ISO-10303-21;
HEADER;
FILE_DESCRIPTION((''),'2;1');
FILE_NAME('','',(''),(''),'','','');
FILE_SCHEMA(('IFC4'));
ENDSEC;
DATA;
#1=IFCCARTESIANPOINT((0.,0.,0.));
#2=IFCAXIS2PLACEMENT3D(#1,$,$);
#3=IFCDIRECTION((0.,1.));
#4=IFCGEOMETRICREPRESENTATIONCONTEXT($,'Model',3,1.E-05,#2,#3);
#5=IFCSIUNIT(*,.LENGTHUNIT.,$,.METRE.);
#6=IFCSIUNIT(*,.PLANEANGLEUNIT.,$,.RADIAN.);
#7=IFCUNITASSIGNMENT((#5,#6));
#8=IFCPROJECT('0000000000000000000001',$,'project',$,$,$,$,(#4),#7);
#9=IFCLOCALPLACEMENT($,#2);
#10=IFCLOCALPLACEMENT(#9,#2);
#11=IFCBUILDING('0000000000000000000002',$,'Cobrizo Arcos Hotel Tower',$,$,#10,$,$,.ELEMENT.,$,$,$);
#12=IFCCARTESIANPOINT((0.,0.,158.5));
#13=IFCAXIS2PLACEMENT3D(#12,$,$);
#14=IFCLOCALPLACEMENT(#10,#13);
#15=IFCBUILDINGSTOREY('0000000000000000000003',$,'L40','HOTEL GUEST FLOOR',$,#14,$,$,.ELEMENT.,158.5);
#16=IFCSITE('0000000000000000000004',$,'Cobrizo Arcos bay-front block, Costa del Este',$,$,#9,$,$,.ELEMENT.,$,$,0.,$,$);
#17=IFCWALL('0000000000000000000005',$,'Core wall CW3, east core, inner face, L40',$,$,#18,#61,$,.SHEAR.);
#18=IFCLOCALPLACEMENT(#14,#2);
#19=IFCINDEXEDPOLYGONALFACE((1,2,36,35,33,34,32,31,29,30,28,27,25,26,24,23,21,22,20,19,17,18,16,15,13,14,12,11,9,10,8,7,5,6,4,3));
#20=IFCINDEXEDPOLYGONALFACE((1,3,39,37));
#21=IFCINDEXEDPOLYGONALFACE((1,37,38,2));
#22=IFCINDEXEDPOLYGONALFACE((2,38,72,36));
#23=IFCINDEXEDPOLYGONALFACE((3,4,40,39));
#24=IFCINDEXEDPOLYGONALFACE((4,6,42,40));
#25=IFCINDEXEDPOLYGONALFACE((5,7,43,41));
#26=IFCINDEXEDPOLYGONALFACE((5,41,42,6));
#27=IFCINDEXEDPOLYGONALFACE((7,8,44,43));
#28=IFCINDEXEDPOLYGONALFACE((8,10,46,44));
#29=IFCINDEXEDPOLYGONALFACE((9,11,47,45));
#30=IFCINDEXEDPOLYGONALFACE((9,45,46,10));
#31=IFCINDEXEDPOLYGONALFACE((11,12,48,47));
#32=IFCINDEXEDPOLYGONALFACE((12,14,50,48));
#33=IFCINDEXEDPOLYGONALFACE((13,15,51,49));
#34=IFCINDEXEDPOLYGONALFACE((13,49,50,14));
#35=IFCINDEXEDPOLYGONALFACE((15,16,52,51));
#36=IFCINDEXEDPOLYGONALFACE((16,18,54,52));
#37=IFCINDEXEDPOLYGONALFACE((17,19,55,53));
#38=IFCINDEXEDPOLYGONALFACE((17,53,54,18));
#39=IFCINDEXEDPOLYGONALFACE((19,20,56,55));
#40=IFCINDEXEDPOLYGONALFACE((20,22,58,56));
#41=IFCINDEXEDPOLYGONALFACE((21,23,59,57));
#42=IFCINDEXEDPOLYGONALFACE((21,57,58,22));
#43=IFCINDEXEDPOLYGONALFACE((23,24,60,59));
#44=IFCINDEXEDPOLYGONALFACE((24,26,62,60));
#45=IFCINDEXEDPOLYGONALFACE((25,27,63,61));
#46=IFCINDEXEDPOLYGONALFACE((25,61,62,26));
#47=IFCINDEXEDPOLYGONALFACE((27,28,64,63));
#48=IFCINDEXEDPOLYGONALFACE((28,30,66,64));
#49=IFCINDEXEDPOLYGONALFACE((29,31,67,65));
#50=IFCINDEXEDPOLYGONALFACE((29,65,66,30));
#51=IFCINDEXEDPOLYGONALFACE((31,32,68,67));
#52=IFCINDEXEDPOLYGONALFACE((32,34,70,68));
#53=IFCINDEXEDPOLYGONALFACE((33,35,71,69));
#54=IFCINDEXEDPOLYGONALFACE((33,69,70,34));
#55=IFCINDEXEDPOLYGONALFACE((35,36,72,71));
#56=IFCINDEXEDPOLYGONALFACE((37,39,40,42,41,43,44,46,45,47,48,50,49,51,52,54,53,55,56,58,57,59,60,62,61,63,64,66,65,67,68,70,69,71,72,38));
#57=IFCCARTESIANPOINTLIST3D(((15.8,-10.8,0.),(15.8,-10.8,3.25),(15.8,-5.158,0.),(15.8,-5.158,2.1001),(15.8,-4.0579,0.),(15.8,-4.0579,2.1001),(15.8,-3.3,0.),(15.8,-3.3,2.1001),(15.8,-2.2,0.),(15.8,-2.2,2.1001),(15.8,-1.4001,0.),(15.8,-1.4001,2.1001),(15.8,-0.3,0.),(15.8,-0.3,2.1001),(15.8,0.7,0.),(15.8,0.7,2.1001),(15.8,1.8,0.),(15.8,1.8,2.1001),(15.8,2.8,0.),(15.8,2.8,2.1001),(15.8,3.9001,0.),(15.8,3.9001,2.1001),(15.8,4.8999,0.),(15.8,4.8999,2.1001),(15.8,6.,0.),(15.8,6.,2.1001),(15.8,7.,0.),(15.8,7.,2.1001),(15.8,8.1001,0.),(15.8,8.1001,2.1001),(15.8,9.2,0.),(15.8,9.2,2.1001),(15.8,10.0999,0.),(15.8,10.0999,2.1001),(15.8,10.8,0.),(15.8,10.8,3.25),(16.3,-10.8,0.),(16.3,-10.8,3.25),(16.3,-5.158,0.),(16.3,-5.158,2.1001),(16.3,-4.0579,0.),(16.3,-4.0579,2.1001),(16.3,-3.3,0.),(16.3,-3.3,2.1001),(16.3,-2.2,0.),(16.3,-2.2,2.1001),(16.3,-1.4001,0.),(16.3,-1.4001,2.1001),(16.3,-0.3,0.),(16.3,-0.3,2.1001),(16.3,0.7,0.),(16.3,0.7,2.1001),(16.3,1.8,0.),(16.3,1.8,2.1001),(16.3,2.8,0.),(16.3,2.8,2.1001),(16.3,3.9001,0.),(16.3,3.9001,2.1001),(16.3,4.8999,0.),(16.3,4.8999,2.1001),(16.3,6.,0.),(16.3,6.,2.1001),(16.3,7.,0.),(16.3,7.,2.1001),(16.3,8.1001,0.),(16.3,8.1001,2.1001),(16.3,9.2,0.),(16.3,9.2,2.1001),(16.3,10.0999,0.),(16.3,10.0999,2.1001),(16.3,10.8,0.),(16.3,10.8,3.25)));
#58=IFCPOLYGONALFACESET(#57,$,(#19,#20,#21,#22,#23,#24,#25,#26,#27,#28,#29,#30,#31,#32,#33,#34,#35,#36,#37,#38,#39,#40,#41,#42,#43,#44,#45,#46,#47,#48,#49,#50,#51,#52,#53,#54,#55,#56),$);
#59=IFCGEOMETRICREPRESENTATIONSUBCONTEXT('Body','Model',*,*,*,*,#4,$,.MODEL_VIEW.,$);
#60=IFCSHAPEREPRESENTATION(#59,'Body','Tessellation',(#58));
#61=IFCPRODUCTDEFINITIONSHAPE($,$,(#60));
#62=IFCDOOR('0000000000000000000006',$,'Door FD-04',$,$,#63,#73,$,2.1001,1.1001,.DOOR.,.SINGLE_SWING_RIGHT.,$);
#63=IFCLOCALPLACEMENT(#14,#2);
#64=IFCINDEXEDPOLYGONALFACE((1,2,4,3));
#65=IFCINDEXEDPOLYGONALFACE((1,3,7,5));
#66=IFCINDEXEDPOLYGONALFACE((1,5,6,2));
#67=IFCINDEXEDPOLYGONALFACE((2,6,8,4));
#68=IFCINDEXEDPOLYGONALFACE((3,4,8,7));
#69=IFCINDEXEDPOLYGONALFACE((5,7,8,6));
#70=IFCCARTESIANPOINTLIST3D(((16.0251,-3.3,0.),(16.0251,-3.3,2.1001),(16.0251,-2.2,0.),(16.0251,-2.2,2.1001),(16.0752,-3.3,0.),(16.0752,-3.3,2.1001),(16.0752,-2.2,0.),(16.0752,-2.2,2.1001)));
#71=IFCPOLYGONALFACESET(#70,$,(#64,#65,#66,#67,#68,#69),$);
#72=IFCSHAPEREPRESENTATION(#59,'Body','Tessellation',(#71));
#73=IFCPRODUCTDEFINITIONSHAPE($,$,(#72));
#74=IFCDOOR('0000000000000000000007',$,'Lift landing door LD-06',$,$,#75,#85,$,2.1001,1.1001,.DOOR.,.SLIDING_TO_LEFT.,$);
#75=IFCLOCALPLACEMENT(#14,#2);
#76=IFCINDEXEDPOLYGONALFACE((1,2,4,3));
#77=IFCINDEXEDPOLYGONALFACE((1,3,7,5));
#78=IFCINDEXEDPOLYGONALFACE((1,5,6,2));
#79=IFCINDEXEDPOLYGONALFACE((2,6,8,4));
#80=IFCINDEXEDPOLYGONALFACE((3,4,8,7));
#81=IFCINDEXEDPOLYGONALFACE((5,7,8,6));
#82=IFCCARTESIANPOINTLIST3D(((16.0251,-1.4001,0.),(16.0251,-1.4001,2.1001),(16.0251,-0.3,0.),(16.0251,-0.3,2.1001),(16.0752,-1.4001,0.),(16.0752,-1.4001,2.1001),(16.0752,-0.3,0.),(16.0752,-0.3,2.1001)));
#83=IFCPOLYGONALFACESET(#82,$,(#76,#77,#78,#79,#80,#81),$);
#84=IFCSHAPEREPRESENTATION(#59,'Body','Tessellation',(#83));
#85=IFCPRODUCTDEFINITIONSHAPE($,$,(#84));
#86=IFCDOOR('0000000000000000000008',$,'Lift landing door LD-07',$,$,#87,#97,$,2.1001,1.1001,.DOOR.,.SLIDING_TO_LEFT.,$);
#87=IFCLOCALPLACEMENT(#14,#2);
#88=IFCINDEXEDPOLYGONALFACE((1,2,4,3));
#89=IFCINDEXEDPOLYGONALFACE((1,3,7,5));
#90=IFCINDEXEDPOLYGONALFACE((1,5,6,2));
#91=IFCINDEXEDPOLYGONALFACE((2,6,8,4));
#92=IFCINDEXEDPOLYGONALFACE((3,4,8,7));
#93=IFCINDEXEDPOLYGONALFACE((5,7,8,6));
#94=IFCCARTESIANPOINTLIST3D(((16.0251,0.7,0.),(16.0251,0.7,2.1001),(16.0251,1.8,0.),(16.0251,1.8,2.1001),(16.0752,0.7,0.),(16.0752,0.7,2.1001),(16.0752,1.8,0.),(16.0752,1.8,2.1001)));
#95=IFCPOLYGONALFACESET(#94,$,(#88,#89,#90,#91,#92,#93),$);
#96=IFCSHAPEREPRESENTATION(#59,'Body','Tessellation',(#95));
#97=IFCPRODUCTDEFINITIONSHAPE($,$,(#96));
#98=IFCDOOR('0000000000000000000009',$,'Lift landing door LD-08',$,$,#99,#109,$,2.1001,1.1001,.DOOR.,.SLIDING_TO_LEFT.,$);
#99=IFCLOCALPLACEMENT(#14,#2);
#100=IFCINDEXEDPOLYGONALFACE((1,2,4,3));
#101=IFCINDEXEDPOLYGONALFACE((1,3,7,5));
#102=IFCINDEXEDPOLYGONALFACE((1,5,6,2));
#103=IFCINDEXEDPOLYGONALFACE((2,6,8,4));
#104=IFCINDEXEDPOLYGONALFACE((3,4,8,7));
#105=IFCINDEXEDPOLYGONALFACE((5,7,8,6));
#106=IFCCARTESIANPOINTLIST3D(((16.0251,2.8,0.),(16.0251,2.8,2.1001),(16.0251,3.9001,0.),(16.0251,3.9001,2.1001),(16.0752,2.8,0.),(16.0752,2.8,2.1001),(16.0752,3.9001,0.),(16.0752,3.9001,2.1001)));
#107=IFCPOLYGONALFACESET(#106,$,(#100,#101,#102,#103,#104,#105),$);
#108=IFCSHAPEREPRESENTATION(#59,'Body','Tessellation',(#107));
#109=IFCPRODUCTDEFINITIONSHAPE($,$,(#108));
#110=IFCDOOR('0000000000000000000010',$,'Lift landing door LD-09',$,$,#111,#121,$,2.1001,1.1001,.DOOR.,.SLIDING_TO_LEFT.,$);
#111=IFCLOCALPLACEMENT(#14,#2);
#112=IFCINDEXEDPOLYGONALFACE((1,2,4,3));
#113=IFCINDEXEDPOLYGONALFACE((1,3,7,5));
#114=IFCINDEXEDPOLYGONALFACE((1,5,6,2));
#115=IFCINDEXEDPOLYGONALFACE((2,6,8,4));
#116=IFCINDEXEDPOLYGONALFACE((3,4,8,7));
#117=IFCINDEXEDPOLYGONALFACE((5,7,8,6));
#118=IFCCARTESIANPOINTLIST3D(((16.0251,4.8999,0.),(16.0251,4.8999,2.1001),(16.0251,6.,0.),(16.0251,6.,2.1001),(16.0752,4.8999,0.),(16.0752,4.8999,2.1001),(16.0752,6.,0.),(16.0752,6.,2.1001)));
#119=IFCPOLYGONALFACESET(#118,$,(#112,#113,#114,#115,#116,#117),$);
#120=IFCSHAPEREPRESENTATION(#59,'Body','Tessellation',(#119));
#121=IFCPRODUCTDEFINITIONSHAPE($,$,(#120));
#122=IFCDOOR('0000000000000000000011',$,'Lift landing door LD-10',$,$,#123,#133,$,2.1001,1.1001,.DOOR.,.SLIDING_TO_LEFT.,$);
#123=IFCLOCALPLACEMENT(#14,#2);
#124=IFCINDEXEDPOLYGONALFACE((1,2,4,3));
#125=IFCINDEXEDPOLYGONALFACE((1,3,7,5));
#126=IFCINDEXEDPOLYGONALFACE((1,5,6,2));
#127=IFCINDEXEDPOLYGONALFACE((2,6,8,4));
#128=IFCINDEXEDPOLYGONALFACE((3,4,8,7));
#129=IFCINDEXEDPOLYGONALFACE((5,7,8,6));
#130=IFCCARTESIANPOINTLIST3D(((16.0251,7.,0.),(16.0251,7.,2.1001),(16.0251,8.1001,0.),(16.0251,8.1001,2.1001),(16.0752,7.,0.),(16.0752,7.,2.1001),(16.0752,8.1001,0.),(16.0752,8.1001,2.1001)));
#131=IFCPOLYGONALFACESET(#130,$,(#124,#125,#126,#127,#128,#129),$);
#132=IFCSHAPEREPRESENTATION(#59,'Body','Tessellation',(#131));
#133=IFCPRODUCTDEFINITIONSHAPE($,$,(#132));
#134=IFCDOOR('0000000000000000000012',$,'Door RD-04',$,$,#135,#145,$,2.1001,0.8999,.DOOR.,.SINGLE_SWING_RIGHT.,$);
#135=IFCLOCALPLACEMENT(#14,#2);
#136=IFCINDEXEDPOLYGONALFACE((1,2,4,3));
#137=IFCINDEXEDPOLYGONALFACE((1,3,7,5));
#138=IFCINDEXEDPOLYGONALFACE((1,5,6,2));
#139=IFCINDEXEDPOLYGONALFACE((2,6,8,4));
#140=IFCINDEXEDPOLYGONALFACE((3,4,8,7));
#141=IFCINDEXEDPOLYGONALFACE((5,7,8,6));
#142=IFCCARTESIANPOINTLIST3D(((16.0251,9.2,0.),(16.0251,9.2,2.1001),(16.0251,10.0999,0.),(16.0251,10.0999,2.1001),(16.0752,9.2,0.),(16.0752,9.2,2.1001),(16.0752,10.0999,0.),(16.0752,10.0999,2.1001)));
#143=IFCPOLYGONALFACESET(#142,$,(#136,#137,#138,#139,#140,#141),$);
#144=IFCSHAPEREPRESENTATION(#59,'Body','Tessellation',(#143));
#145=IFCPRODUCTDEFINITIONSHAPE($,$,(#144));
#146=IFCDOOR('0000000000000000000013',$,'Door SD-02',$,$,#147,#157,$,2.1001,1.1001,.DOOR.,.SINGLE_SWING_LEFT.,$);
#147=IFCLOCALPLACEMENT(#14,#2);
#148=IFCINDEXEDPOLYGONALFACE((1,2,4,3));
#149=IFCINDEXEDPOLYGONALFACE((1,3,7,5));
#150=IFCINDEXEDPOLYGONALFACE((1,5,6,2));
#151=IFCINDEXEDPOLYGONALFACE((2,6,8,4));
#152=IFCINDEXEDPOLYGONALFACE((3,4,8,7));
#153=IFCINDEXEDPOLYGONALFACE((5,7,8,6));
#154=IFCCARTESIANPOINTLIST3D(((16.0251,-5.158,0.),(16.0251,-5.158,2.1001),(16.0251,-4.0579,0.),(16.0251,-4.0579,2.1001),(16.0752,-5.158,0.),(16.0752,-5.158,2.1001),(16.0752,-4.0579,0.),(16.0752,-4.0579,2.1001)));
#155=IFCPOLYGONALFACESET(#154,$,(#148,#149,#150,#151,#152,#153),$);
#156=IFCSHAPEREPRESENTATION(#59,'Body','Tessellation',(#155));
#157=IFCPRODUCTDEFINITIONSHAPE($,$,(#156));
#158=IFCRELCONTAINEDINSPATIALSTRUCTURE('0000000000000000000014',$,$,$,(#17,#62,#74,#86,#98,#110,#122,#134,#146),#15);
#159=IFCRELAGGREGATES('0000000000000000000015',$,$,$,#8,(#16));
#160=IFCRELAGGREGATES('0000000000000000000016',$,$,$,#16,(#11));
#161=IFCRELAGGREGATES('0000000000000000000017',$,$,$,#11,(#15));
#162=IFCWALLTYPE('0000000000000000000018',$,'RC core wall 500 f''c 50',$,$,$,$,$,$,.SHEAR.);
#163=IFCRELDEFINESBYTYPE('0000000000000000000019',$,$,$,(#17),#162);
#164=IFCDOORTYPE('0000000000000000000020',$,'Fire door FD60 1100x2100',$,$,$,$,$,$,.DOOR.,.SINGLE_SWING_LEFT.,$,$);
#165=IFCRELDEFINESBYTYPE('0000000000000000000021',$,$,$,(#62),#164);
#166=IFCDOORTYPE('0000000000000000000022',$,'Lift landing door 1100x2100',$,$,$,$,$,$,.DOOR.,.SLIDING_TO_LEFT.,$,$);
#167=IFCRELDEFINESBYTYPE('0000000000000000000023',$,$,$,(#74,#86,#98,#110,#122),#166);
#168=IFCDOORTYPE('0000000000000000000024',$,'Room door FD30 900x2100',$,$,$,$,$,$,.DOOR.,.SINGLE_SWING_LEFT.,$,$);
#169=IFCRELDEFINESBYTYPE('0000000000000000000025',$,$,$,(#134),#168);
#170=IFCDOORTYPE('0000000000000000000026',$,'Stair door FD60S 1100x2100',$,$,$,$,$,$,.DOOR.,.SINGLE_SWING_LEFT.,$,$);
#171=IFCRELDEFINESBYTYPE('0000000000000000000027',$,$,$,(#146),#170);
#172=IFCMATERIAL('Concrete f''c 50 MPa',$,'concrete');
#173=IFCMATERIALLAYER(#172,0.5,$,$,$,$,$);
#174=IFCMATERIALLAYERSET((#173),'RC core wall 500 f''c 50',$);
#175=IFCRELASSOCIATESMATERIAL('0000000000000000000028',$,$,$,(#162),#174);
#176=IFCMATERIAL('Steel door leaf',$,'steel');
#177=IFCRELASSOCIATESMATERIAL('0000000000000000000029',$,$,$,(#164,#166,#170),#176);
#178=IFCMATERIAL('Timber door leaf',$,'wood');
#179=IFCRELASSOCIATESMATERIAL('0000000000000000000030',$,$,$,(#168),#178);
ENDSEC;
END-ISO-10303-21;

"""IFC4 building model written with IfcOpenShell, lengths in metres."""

from ifc_helpers import new_model, si_unit, direction, frame, frame_2d, origin, place, context, subcontext, project, spatial, rectangle, extrude, material, layer, layer_set, type_object, element, fill, save


model = new_model("IFC4")

# Units and contexts
model_context = context("Model", 3, precision=1e-05, world=origin(), true_north=direction((0.0, 1.0)))
body_context = subcontext(model_context, "Body", "Model", "MODEL_VIEW")
ifc_project = project(units=[si_unit("LENGTHUNIT", "METRE"), si_unit("PLANEANGLEUNIT", "RADIAN")], contexts=[model_context])

# Site, building, storey
site_placement = place(None, origin())
site = spatial("IfcSite", under=ifc_project, at=site_placement, Name="Cobrizo Arcos bay-front block, Costa del Este", CompositionType="ELEMENT", RefElevation=0.0)
building_placement = place(site_placement, origin())
building = spatial("IfcBuilding", under=site, at=building_placement, Name="Cobrizo Arcos Hotel Tower", CompositionType="ELEMENT")
storey_placement = place(building_placement, frame((0.0, 0.0, 158.5)))
storey = spatial("IfcBuildingStorey", under=building, at=storey_placement, Name="L40", Description="HOTEL GUEST FLOOR", CompositionType="ELEMENT", Elevation=158.5)

# Wall, openings, doors
ifc_material_1 = material(Name="Concrete f'c 50 MPa", Category="concrete")
ifc_layer_1 = layer(ifc_material_1, 0.5)
ifc_layer_set_1 = layer_set([ifc_layer_1], Name="RC core wall 500 f'c 50")
wall_type_1 = type_object("IfcWallType", Name="RC core wall 500 f'c 50", PredefinedType="SHEAR", material=ifc_layer_set_1)
wall_1_placement = place(storey_placement, frame((16.05, -10.8, 0.0), z_axis=(0.0, 0.0, 1.0), x_axis=(0.0, 1.0, 0.0)))
wall_1 = element("IfcWall", 1, at=wall_1_placement, inside=storey, type_object=wall_type_1, Name="Core wall CW3, east core, inner face, L40", PredefinedType="SHEAR", context=body_context, shape_type="SweptSolid", body=[
    extrude(rectangle(XDim=21.6001, YDim=0.5, at=frame_2d((10.8, 0.0))), origin(), (0.0, 0.0, 1.0), 3.25),
])
opening_1_placement = place(wall_1_placement, frame((9.3999, 0.0, 0.0)))
opening_1 = element("IfcOpeningElement", 2, at=opening_1_placement, cuts=wall_1, PredefinedType="OPENING", context=body_context, shape_type="SweptSolid", body=[
    extrude(rectangle(XDim=1.1001, YDim=2.1001, at=frame_2d((0.55, 1.05))), frame((0.0, 0.262, 0.0), z_axis=(0.0, -1.0, 0.0), x_axis=(1.0, 0.0, 0.0)), (0.0, 0.0, 1.0), 0.5239),
])
opening_2_placement = place(wall_1_placement, frame((11.5, 0.0, 0.0)))
opening_2 = element("IfcOpeningElement", 3, at=opening_2_placement, cuts=wall_1, PredefinedType="OPENING", context=body_context, shape_type="SweptSolid", body=[
    extrude(rectangle(XDim=1.1001, YDim=2.1001, at=frame_2d((0.55, 1.05))), frame((0.0, 0.262, 0.0), z_axis=(0.0, -1.0, 0.0), x_axis=(1.0, 0.0, 0.0)), (0.0, 0.0, 1.0), 0.5239),
])
opening_3_placement = place(wall_1_placement, frame((13.6001, 0.0, 0.0)))
opening_3 = element("IfcOpeningElement", 4, at=opening_3_placement, cuts=wall_1, PredefinedType="OPENING", context=body_context, shape_type="SweptSolid", body=[
    extrude(rectangle(XDim=1.1001, YDim=2.1001, at=frame_2d((0.55, 1.05))), frame((0.0, 0.262, 0.0), z_axis=(0.0, -1.0, 0.0), x_axis=(1.0, 0.0, 0.0)), (0.0, 0.0, 1.0), 0.5239),
])
opening_4_placement = place(wall_1_placement, frame((15.7, 0.0, 0.0)))
opening_4 = element("IfcOpeningElement", 5, at=opening_4_placement, cuts=wall_1, PredefinedType="OPENING", context=body_context, shape_type="SweptSolid", body=[
    extrude(rectangle(XDim=1.1001, YDim=2.1001, at=frame_2d((0.55, 1.05))), frame((0.0, 0.262, 0.0), z_axis=(0.0, -1.0, 0.0), x_axis=(1.0, 0.0, 0.0)), (0.0, 0.0, 1.0), 0.5239),
])
opening_5_placement = place(wall_1_placement, frame((17.8, 0.0, 0.0)))
opening_5 = element("IfcOpeningElement", 6, at=opening_5_placement, cuts=wall_1, PredefinedType="OPENING", context=body_context, shape_type="SweptSolid", body=[
    extrude(rectangle(XDim=1.1001, YDim=2.1001, at=frame_2d((0.55, 1.05))), frame((0.0, 0.262, 0.0), z_axis=(0.0, -1.0, 0.0), x_axis=(1.0, 0.0, 0.0)), (0.0, 0.0, 1.0), 0.5239),
])
opening_6_placement = place(wall_1_placement, frame((5.6421, 0.0, 0.0)))
opening_6 = element("IfcOpeningElement", 7, at=opening_6_placement, cuts=wall_1, PredefinedType="OPENING", context=body_context, shape_type="SweptSolid", body=[
    extrude(rectangle(XDim=1.1001, YDim=2.1001, at=frame_2d((0.55, 1.05))), frame((0.0, 0.262, 0.0), z_axis=(0.0, -1.0, 0.0), x_axis=(1.0, 0.0, 0.0)), (0.0, 0.0, 1.0), 0.5239),
])
opening_7_placement = place(wall_1_placement, frame((7.5, 0.0, 0.0)))
opening_7 = element("IfcOpeningElement", 8, at=opening_7_placement, cuts=wall_1, PredefinedType="OPENING", context=body_context, shape_type="SweptSolid", body=[
    extrude(rectangle(XDim=1.1001, YDim=2.1001, at=frame_2d((0.55, 1.05))), frame((0.0, 0.262, 0.0), z_axis=(0.0, -1.0, 0.0), x_axis=(1.0, 0.0, 0.0)), (0.0, 0.0, 1.0), 0.5239),
])
opening_8_placement = place(wall_1_placement, frame((20.0, 0.0, 0.0)))
opening_8 = element("IfcOpeningElement", 9, at=opening_8_placement, cuts=wall_1, PredefinedType="OPENING", context=body_context, shape_type="SweptSolid", body=[
    extrude(rectangle(XDim=0.8999, YDim=2.1001, at=frame_2d((0.45, 1.05))), frame((0.0, 0.262, 0.0), z_axis=(0.0, -1.0, 0.0), x_axis=(1.0, 0.0, 0.0)), (0.0, 0.0, 1.0), 0.5239),
])
ifc_material_2 = material(Name="Steel door leaf", Category="steel")
door_type_1 = type_object("IfcDoorType", Name="Fire door FD60 1100x2100", OperationType="SINGLE_SWING_LEFT", PredefinedType="DOOR", material=ifc_material_2)
door_1_placement = place(opening_7_placement, origin())
door_1 = element("IfcDoor", 10, at=door_1_placement, inside=storey, type_object=door_type_1, Name="Door FD-04", OperationType="SINGLE_SWING_RIGHT", OverallHeight=2.1001, OverallWidth=1.1001, PredefinedType="DOOR", context=body_context, shape_type="SweptSolid", body=[
    extrude(rectangle(XDim=1.1001, YDim=2.1001, at=frame_2d((0.55, 1.05))), frame((0.0, 0.0249, 0.0), z_axis=(0.0, -1.0, 0.0), x_axis=(1.0, 0.0, 0.0)), (0.0, 0.0, 1.0), 0.05),
])
fill(opening_7, door_1)
door_type_2 = type_object("IfcDoorType", Name="Lift landing door 1100x2100", OperationType="SLIDING_TO_LEFT", PredefinedType="DOOR", material=ifc_material_2)
door_2_placement = place(opening_1_placement, origin())
door_2 = element("IfcDoor", 11, at=door_2_placement, inside=storey, type_object=door_type_2, Name="Lift landing door LD-06", OperationType="SLIDING_TO_LEFT", OverallHeight=2.1001, OverallWidth=1.1001, PredefinedType="DOOR", context=body_context, shape_type="SweptSolid", body=[
    extrude(rectangle(XDim=1.1001, YDim=2.1001, at=frame_2d((0.55, 1.05))), frame((0.0, 0.0249, 0.0), z_axis=(0.0, -1.0, 0.0), x_axis=(1.0, 0.0, 0.0)), (0.0, 0.0, 1.0), 0.05),
])
fill(opening_1, door_2)
door_3_placement = place(opening_2_placement, origin())
door_3 = element("IfcDoor", 12, at=door_3_placement, inside=storey, type_object=door_type_2, Name="Lift landing door LD-07", OperationType="SLIDING_TO_LEFT", OverallHeight=2.1001, OverallWidth=1.1001, PredefinedType="DOOR", context=body_context, shape_type="SweptSolid", body=[
    extrude(rectangle(XDim=1.1001, YDim=2.1001, at=frame_2d((0.55, 1.05))), frame((0.0, 0.0249, 0.0), z_axis=(0.0, -1.0, 0.0), x_axis=(1.0, 0.0, 0.0)), (0.0, 0.0, 1.0), 0.05),
])
fill(opening_2, door_3)
door_4_placement = place(opening_3_placement, origin())
door_4 = element("IfcDoor", 13, at=door_4_placement, inside=storey, type_object=door_type_2, Name="Lift landing door LD-08", OperationType="SLIDING_TO_LEFT", OverallHeight=2.1001, OverallWidth=1.1001, PredefinedType="DOOR", context=body_context, shape_type="SweptSolid", body=[
    extrude(rectangle(XDim=1.1001, YDim=2.1001, at=frame_2d((0.55, 1.05))), frame((0.0, 0.0249, 0.0), z_axis=(0.0, -1.0, 0.0), x_axis=(1.0, 0.0, 0.0)), (0.0, 0.0, 1.0), 0.05),
])
fill(opening_3, door_4)
door_5_placement = place(opening_4_placement, origin())
door_5 = element("IfcDoor", 14, at=door_5_placement, inside=storey, type_object=door_type_2, Name="Lift landing door LD-09", OperationType="SLIDING_TO_LEFT", OverallHeight=2.1001, OverallWidth=1.1001, PredefinedType="DOOR", context=body_context, shape_type="SweptSolid", body=[
    extrude(rectangle(XDim=1.1001, YDim=2.1001, at=frame_2d((0.55, 1.05))), frame((0.0, 0.0249, 0.0), z_axis=(0.0, -1.0, 0.0), x_axis=(1.0, 0.0, 0.0)), (0.0, 0.0, 1.0), 0.05),
])
fill(opening_4, door_5)
door_6_placement = place(opening_5_placement, origin())
door_6 = element("IfcDoor", 15, at=door_6_placement, inside=storey, type_object=door_type_2, Name="Lift landing door LD-10", OperationType="SLIDING_TO_LEFT", OverallHeight=2.1001, OverallWidth=1.1001, PredefinedType="DOOR", context=body_context, shape_type="SweptSolid", body=[
    extrude(rectangle(XDim=1.1001, YDim=2.1001, at=frame_2d((0.55, 1.05))), frame((0.0, 0.0249, 0.0), z_axis=(0.0, -1.0, 0.0), x_axis=(1.0, 0.0, 0.0)), (0.0, 0.0, 1.0), 0.05),
])
fill(opening_5, door_6)
ifc_material_3 = material(Name="Timber door leaf", Category="wood")
door_type_3 = type_object("IfcDoorType", Name="Room door FD30 900x2100", OperationType="SINGLE_SWING_LEFT", PredefinedType="DOOR", material=ifc_material_3)
door_7_placement = place(opening_8_placement, origin())
door_7 = element("IfcDoor", 16, at=door_7_placement, inside=storey, type_object=door_type_3, Name="Door RD-04", OperationType="SINGLE_SWING_RIGHT", OverallHeight=2.1001, OverallWidth=0.8999, PredefinedType="DOOR", context=body_context, shape_type="SweptSolid", body=[
    extrude(rectangle(XDim=0.8999, YDim=2.1001, at=frame_2d((0.45, 1.05))), frame((0.0, 0.0249, 0.0), z_axis=(0.0, -1.0, 0.0), x_axis=(1.0, 0.0, 0.0)), (0.0, 0.0, 1.0), 0.05),
])
fill(opening_8, door_7)
door_type_4 = type_object("IfcDoorType", Name="Stair door FD60S 1100x2100", OperationType="SINGLE_SWING_LEFT", PredefinedType="DOOR", material=ifc_material_2)
door_8_placement = place(opening_6_placement, origin())
door_8 = element("IfcDoor", 17, at=door_8_placement, inside=storey, type_object=door_type_4, Name="Door SD-02", OperationType="SINGLE_SWING_LEFT", OverallHeight=2.1001, OverallWidth=1.1001, PredefinedType="DOOR", context=body_context, shape_type="SweptSolid", body=[
    extrude(rectangle(XDim=1.1001, YDim=2.1001, at=frame_2d((0.55, 1.05))), frame((0.0, 0.0249, 0.0), z_axis=(0.0, -1.0, 0.0), x_axis=(1.0, 0.0, 0.0)), (0.0, 0.0, 1.0), 0.05),
])
fill(opening_6, door_8)

save(model, "model.ifc")
